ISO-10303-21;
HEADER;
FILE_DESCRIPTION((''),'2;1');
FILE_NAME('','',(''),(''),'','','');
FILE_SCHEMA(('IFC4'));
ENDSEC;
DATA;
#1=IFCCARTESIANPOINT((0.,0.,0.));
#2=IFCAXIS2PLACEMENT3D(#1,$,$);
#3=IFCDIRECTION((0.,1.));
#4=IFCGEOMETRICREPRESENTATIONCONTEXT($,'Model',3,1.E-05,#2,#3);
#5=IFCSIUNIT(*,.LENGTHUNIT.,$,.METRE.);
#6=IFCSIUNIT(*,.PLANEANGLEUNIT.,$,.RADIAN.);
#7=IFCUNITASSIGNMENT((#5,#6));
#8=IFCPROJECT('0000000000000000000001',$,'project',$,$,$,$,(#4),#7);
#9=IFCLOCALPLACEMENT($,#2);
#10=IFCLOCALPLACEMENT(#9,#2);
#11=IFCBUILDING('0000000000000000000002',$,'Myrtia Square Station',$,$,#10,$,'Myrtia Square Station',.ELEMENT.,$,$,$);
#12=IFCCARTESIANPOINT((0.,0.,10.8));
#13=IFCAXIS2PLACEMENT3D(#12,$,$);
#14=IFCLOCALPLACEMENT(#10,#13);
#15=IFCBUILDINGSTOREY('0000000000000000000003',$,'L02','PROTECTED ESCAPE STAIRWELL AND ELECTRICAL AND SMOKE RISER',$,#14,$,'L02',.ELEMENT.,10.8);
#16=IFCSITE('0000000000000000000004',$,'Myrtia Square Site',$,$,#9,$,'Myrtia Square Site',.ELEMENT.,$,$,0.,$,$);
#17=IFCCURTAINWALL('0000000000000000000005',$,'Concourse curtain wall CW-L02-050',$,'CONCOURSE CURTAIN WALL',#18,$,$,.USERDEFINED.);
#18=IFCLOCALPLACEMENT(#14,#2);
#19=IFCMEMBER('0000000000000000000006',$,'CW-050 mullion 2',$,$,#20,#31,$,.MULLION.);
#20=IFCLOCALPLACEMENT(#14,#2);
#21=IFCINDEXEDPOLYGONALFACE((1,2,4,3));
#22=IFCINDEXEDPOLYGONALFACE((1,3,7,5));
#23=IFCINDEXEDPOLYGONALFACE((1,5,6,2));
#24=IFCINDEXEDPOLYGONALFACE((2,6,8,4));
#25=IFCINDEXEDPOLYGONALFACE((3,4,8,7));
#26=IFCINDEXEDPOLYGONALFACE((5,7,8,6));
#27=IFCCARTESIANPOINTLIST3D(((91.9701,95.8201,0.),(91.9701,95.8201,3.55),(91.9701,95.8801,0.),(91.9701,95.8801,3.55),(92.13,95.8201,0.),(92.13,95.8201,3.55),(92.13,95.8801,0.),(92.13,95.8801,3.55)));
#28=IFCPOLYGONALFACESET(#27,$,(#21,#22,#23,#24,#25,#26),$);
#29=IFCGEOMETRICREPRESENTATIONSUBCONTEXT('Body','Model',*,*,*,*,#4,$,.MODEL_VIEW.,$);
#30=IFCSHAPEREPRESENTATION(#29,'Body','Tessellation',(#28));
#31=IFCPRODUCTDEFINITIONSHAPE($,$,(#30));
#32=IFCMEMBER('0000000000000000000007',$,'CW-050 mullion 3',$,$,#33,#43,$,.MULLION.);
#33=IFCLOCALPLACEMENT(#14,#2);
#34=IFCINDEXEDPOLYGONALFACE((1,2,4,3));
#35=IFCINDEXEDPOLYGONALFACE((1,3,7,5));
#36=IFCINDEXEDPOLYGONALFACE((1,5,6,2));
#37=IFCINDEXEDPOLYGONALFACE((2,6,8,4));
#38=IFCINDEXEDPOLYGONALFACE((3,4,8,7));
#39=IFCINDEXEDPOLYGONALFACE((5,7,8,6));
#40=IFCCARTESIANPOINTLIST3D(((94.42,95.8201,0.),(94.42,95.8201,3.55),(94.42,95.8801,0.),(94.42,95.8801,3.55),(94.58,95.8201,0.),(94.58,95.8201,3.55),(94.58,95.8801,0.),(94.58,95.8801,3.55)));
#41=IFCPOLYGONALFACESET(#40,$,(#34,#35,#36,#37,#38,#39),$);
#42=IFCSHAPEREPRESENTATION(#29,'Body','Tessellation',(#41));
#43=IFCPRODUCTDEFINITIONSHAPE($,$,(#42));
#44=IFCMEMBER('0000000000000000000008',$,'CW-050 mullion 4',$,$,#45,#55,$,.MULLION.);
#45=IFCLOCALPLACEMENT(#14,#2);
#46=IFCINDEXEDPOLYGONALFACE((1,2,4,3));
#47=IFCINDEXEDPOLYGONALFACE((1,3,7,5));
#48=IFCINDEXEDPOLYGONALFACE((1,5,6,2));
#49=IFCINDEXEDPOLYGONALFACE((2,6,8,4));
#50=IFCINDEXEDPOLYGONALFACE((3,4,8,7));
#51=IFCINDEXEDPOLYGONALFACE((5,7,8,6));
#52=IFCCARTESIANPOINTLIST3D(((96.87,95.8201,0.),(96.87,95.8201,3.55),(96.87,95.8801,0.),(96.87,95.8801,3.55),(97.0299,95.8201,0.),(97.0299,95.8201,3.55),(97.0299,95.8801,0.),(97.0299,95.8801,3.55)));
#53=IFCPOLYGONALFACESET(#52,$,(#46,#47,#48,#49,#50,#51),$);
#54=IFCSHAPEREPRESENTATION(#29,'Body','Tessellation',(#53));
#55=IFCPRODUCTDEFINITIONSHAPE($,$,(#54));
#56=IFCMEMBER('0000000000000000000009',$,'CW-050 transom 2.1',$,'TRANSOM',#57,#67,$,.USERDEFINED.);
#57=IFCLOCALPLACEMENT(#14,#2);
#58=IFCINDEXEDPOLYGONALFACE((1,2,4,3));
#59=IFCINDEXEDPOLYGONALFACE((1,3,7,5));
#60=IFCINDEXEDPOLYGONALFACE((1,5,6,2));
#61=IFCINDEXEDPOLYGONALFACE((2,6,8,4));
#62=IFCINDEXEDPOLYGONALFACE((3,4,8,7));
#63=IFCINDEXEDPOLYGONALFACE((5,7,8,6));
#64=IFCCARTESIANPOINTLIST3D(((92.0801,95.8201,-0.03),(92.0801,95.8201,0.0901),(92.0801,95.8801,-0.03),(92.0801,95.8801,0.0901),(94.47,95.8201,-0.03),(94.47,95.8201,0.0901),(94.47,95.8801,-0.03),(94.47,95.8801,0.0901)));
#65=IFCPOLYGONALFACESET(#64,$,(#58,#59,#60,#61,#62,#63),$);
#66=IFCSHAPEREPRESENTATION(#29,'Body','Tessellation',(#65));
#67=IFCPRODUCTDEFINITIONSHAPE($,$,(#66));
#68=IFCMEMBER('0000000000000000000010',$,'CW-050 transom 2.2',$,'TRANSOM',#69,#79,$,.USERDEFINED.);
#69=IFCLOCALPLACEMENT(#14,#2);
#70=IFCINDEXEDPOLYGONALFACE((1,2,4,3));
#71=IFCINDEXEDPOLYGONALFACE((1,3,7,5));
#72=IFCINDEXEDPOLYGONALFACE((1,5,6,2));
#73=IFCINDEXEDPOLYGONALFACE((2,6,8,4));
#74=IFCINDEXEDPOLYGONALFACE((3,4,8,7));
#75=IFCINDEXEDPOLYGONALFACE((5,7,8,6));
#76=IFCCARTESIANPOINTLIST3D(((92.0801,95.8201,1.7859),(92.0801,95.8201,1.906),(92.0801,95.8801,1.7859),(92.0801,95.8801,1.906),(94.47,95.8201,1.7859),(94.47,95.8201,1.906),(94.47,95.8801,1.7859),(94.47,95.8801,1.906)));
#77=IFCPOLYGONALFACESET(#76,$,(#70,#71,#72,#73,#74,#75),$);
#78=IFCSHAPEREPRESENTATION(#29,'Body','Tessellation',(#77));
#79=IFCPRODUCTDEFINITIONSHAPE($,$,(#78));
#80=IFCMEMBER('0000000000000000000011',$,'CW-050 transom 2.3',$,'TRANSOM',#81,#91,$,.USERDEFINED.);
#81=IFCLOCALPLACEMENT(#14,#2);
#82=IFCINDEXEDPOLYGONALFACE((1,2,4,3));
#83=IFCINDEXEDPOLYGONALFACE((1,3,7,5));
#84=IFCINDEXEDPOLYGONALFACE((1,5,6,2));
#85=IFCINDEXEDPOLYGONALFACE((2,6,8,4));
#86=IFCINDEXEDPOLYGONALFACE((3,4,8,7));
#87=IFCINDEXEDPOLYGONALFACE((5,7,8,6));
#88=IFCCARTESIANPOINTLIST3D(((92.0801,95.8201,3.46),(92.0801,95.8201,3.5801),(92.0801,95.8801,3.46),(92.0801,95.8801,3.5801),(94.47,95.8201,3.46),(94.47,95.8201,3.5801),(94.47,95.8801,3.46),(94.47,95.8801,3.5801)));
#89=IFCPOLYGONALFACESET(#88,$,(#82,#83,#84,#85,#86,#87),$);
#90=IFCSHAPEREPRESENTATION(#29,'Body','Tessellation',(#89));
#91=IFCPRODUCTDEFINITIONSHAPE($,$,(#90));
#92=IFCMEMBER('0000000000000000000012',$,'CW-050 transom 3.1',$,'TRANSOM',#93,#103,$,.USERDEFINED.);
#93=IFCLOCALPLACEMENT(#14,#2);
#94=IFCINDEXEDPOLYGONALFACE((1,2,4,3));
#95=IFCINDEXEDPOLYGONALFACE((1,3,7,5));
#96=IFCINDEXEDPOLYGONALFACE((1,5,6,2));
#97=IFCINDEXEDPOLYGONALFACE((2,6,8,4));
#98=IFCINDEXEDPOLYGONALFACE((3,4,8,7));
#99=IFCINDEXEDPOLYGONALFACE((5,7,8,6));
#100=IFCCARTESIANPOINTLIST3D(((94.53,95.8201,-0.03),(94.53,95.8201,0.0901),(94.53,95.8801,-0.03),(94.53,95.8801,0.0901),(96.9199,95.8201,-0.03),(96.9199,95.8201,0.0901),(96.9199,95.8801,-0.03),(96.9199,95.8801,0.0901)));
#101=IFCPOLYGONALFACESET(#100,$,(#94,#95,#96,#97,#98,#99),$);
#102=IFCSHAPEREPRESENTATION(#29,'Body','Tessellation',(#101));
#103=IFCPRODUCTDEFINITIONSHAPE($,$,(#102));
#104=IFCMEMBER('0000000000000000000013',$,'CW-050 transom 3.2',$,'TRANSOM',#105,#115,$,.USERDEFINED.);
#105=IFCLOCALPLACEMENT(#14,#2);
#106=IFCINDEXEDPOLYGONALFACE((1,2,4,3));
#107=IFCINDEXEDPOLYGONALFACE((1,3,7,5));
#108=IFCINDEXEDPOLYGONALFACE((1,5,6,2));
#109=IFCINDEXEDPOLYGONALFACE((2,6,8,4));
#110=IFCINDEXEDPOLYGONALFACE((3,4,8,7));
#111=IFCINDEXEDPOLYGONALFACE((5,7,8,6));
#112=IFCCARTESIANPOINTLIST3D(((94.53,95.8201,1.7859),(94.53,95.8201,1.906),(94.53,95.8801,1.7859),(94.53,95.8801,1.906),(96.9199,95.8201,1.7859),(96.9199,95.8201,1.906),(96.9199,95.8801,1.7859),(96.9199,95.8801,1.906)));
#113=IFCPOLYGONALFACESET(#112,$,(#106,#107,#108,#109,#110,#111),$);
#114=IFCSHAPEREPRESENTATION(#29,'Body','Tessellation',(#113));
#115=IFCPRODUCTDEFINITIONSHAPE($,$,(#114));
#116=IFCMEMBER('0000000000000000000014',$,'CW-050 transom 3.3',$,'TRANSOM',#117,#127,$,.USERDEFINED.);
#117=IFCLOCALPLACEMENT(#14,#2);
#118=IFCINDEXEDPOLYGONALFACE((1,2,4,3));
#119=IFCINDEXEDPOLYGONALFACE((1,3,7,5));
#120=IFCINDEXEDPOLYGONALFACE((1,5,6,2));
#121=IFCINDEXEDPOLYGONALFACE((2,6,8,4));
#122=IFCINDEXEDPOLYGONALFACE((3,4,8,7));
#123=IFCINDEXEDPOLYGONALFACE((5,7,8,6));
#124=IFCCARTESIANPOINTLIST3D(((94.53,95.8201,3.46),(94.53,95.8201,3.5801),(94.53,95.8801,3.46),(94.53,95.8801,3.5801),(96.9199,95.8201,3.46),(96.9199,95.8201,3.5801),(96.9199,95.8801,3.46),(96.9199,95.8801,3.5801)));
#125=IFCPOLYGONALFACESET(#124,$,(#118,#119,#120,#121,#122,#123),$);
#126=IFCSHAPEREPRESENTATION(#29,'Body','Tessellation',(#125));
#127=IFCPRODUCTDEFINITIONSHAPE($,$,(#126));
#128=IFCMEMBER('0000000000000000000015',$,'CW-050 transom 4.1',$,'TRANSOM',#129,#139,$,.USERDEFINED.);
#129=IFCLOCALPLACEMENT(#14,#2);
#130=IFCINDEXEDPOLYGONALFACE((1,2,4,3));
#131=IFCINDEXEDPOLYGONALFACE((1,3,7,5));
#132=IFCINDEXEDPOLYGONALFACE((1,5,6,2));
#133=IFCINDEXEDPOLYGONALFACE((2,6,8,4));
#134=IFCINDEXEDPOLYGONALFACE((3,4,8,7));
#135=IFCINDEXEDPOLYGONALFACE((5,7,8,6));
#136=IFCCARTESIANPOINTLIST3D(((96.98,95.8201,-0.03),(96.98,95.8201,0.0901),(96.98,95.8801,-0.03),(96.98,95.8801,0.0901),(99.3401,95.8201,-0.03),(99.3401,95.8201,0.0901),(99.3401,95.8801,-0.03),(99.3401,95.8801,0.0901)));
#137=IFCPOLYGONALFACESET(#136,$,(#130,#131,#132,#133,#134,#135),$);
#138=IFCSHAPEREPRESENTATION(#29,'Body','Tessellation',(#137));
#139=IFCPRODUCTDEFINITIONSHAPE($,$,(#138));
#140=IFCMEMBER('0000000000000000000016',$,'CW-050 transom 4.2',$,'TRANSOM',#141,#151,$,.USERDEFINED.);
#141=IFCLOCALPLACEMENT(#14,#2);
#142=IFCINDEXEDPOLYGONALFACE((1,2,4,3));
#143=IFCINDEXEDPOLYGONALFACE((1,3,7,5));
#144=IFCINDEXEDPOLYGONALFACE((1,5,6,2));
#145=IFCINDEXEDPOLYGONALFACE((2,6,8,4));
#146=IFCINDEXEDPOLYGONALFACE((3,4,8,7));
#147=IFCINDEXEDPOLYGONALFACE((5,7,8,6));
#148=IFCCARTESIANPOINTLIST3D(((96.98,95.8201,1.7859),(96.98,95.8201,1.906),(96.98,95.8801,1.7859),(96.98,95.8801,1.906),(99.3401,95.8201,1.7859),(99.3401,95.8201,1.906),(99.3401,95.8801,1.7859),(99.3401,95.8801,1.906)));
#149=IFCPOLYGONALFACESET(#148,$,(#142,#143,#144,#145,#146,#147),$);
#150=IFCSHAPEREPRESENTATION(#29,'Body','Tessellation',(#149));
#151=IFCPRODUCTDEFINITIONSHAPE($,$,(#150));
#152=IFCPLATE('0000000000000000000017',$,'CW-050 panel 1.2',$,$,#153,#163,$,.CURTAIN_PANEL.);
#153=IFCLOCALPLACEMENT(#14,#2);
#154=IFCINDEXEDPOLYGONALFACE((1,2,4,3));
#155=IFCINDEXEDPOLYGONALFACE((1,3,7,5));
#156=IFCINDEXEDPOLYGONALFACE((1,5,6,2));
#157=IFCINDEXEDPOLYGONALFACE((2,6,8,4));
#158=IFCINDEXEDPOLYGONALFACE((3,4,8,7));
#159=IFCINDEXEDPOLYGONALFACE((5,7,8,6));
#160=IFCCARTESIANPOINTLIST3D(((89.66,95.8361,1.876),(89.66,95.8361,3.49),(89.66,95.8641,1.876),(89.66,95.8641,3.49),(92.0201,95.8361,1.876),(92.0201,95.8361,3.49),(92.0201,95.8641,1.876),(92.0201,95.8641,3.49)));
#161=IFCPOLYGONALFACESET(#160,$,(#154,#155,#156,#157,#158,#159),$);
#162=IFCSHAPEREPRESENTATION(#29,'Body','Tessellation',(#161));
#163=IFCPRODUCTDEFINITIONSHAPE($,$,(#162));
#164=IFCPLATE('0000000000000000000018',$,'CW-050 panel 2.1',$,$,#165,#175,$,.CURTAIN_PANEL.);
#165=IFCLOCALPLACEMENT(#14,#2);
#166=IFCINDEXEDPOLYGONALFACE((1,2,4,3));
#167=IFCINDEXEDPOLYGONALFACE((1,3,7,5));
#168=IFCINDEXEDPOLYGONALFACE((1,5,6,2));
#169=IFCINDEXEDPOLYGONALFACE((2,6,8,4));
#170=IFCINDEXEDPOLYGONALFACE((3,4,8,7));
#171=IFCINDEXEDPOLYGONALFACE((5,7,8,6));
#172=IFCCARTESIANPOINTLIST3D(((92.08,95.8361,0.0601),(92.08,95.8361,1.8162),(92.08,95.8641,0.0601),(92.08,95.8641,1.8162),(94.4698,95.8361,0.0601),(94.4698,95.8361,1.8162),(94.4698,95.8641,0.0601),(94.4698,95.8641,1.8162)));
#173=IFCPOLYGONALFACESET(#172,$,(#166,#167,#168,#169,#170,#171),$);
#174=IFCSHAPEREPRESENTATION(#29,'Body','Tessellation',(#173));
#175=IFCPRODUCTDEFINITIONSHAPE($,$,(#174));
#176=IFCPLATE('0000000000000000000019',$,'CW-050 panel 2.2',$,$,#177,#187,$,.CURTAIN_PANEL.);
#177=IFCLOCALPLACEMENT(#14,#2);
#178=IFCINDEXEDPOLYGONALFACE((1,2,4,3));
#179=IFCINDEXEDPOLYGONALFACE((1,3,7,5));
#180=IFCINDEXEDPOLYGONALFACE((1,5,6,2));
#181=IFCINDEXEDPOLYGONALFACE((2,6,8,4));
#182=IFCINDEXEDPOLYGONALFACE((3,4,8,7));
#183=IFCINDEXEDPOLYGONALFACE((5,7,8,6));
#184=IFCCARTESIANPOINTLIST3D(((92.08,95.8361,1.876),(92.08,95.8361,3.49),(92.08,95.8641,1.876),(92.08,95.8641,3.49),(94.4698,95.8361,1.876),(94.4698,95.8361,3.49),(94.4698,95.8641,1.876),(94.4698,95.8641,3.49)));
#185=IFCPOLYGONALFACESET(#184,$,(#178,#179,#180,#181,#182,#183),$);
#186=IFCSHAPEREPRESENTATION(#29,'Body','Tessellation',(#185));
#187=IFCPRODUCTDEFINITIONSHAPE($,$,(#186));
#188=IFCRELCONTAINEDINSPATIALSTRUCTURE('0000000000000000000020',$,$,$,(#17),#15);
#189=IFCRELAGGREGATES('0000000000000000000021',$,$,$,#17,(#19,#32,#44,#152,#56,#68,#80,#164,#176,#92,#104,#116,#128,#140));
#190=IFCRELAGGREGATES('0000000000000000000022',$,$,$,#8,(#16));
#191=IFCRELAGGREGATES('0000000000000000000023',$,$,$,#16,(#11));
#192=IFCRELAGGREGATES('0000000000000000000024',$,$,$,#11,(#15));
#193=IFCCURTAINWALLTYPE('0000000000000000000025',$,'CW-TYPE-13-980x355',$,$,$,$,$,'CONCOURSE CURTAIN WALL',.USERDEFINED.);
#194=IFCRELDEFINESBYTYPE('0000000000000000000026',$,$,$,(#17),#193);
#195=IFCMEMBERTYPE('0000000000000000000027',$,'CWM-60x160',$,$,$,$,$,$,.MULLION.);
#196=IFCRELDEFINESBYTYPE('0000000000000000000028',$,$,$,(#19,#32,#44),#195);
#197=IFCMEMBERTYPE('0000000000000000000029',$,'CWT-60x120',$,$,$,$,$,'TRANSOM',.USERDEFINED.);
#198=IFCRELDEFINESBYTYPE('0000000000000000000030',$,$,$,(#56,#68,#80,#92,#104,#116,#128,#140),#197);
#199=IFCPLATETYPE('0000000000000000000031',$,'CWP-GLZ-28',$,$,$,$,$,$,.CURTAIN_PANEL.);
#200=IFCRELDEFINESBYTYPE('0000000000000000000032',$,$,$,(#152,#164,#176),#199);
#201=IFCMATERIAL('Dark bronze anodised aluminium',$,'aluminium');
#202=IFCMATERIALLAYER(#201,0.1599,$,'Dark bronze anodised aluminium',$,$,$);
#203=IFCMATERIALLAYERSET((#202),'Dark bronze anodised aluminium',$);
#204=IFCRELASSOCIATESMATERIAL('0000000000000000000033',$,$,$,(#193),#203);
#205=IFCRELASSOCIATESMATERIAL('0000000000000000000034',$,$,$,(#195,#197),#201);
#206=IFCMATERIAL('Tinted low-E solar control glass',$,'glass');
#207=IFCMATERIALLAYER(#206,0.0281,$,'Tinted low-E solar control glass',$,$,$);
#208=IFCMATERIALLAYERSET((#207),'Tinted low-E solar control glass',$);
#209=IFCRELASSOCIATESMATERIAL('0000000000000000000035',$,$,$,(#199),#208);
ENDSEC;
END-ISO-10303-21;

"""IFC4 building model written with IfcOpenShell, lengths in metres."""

from ifc_helpers import new_model, si_unit, direction, frame, origin, origin_2d, place, context, subcontext, project, spatial, rectangle, extrude, material, layer, layer_set, material_profile, profile_set, type_object, element, aggregate, save


model = new_model("IFC4")

# Units and contexts
model_context = context("Model", 3, precision=1e-05, world=origin(), true_north=direction((0.0, 1.0)))
body_context = subcontext(model_context, "Body", "Model", "MODEL_VIEW")
ifc_project = project(units=[si_unit("LENGTHUNIT", "METRE"), si_unit("PLANEANGLEUNIT", "RADIAN")], contexts=[model_context])

# Site, building, storey
site_placement = place(None, origin())
site = spatial("IfcSite", under=ifc_project, at=site_placement, Name="Myrtia Square Site", LongName="Myrtia Square Site", CompositionType="ELEMENT", RefElevation=0.0)
building_placement = place(site_placement, origin())
building = spatial("IfcBuilding", under=site, at=building_placement, Name="Myrtia Square Station", LongName="Myrtia Square Station", CompositionType="ELEMENT")
storey_placement = place(building_placement, frame((0.0, 0.0, 10.8)))
storey = spatial("IfcBuildingStorey", under=building, at=storey_placement, Name="L02", Description="PROTECTED ESCAPE STAIRWELL AND ELECTRICAL AND SMOKE RISER", LongName="L02", CompositionType="ELEMENT", Elevation=10.8)

# Curtain wall, members, plates
ifc_material_1 = material(Name="Dark bronze anodised aluminium", Category="aluminium")
ifc_layer_1 = layer(ifc_material_1, 0.1599, Name="Dark bronze anodised aluminium")
ifc_layer_set_1 = layer_set([ifc_layer_1], Name="Dark bronze anodised aluminium")
curtain_wall_type = type_object("IfcCurtainWallType", Name="CW-TYPE-13-980x355", ElementType="CONCOURSE CURTAIN WALL", PredefinedType="USERDEFINED", material=ifc_layer_set_1)
curtain_wall_placement = place(storey_placement, origin())
curtain_wall = element("IfcCurtainWall", 1, at=curtain_wall_placement, inside=storey, type_object=curtain_wall_type, Name="Concourse curtain wall CW-L02-050", ObjectType="CONCOURSE CURTAIN WALL", PredefinedType="USERDEFINED")
ifc_material_profile_1 = material_profile(ifc_material_1, rectangle(XDim=0.0601, YDim=0.1599, at=origin_2d()), Name="ALU-M 60x160")
ifc_profile_set_1 = profile_set([ifc_material_profile_1], Name="Dark bronze anodised aluminium")
member_type_1 = type_object("IfcMemberType", Name="CWM-60x160", PredefinedType="MULLION", material=ifc_profile_set_1)
member_1_placement = place(storey_placement, frame((92.05, 95.8501, 0.0), z_axis=(0.0, 0.0, 1.0), x_axis=(0.0, 1.0, 0.0)))
member_1 = element("IfcMember", 2, at=member_1_placement, type_object=member_type_1, Name="CW-050 mullion 2", PredefinedType="MULLION", context=body_context, shape_type="SweptSolid", body=[
    extrude(rectangle(XDim=0.0601, YDim=0.1599, at=origin_2d()), origin(), (0.0, 0.0, 1.0), 3.55),
])
member_2_placement = place(storey_placement, frame((94.5, 95.8501, 0.0), z_axis=(0.0, 0.0, 1.0), x_axis=(0.0, 1.0, 0.0)))
member_2 = element("IfcMember", 3, at=member_2_placement, type_object=member_type_1, Name="CW-050 mullion 3", PredefinedType="MULLION", context=body_context, shape_type="SweptSolid", body=[
    extrude(rectangle(XDim=0.0601, YDim=0.1599, at=origin_2d()), origin(), (0.0, 0.0, 1.0), 3.55),
])
member_3_placement = place(storey_placement, frame((96.95, 95.8501, 0.0), z_axis=(0.0, 0.0, 1.0), x_axis=(0.0, 1.0, 0.0)))
member_3 = element("IfcMember", 4, at=member_3_placement, type_object=member_type_1, Name="CW-050 mullion 4", PredefinedType="MULLION", context=body_context, shape_type="SweptSolid", body=[
    extrude(rectangle(XDim=0.0601, YDim=0.1599, at=origin_2d()), origin(), (0.0, 0.0, 1.0), 3.55),
])
ifc_material_profile_2 = material_profile(ifc_material_1, rectangle(XDim=0.0601, YDim=0.1201, at=origin_2d()), Name="ALU-T 60x120")
ifc_profile_set_2 = profile_set([ifc_material_profile_2], Name="Dark bronze anodised aluminium")
member_type_2 = type_object("IfcMemberType", Name="CWT-60x120", ElementType="TRANSOM", PredefinedType="USERDEFINED", material=ifc_profile_set_2)
member_4_placement = place(storey_placement, frame((92.0801, 95.8501, 0.03), z_axis=(1.0, 0.0, 0.0), x_axis=(0.0, 1.0, 0.0)))
member_4 = element("IfcMember", 5, at=member_4_placement, type_object=member_type_2, Name="CW-050 transom 2.1", ObjectType="TRANSOM", PredefinedType="USERDEFINED", context=body_context, shape_type="SweptSolid", body=[
    extrude(rectangle(XDim=0.0601, YDim=0.1201, at=origin_2d()), origin(), (0.0, 0.0, 1.0), 2.3899),
])
member_5_placement = place(storey_placement, frame((92.0801, 95.8501, 1.8459), z_axis=(1.0, 0.0, 0.0), x_axis=(0.0, 1.0, 0.0)))
member_5 = element("IfcMember", 6, at=member_5_placement, type_object=member_type_2, Name="CW-050 transom 2.2", ObjectType="TRANSOM", PredefinedType="USERDEFINED", context=body_context, shape_type="SweptSolid", body=[
    extrude(rectangle(XDim=0.0601, YDim=0.1201, at=origin_2d()), origin(), (0.0, 0.0, 1.0), 2.3899),
])
member_6_placement = place(storey_placement, frame((92.0801, 95.8501, 3.52), z_axis=(1.0, 0.0, 0.0), x_axis=(0.0, 1.0, 0.0)))
member_6 = element("IfcMember", 7, at=member_6_placement, type_object=member_type_2, Name="CW-050 transom 2.3", ObjectType="TRANSOM", PredefinedType="USERDEFINED", context=body_context, shape_type="SweptSolid", body=[
    extrude(rectangle(XDim=0.0601, YDim=0.1201, at=origin_2d()), origin(), (0.0, 0.0, 1.0), 2.3899),
])
member_7_placement = place(storey_placement, frame((94.53, 95.8501, 0.03), z_axis=(1.0, 0.0, 0.0), x_axis=(0.0, 1.0, 0.0)))
member_7 = element("IfcMember", 8, at=member_7_placement, type_object=member_type_2, Name="CW-050 transom 3.1", ObjectType="TRANSOM", PredefinedType="USERDEFINED", context=body_context, shape_type="SweptSolid", body=[
    extrude(rectangle(XDim=0.0601, YDim=0.1201, at=origin_2d()), origin(), (0.0, 0.0, 1.0), 2.3899),
])
member_8_placement = place(storey_placement, frame((94.53, 95.8501, 1.8459), z_axis=(1.0, 0.0, 0.0), x_axis=(0.0, 1.0, 0.0)))
member_8 = element("IfcMember", 9, at=member_8_placement, type_object=member_type_2, Name="CW-050 transom 3.2", ObjectType="TRANSOM", PredefinedType="USERDEFINED", context=body_context, shape_type="SweptSolid", body=[
    extrude(rectangle(XDim=0.0601, YDim=0.1201, at=origin_2d()), origin(), (0.0, 0.0, 1.0), 2.3899),
])
member_9_placement = place(storey_placement, frame((94.53, 95.8501, 3.52), z_axis=(1.0, 0.0, 0.0), x_axis=(0.0, 1.0, 0.0)))
member_9 = element("IfcMember", 10, at=member_9_placement, type_object=member_type_2, Name="CW-050 transom 3.3", ObjectType="TRANSOM", PredefinedType="USERDEFINED", context=body_context, shape_type="SweptSolid", body=[
    extrude(rectangle(XDim=0.0601, YDim=0.1201, at=origin_2d()), origin(), (0.0, 0.0, 1.0), 2.3899),
])
member_10_placement = place(storey_placement, frame((96.98, 95.8501, 0.03), z_axis=(1.0, 0.0, 0.0), x_axis=(0.0, 1.0, 0.0)))
member_10 = element("IfcMember", 11, at=member_10_placement, type_object=member_type_2, Name="CW-050 transom 4.1", ObjectType="TRANSOM", PredefinedType="USERDEFINED", context=body_context, shape_type="SweptSolid", body=[
    extrude(rectangle(XDim=0.0601, YDim=0.1201, at=origin_2d()), origin(), (0.0, 0.0, 1.0), 2.3601),
])
member_11_placement = place(storey_placement, frame((96.98, 95.8501, 1.8459), z_axis=(1.0, 0.0, 0.0), x_axis=(0.0, 1.0, 0.0)))
member_11 = element("IfcMember", 12, at=member_11_placement, type_object=member_type_2, Name="CW-050 transom 4.2", ObjectType="TRANSOM", PredefinedType="USERDEFINED", context=body_context, shape_type="SweptSolid", body=[
    extrude(rectangle(XDim=0.0601, YDim=0.1201, at=origin_2d()), origin(), (0.0, 0.0, 1.0), 2.3601),
])
ifc_material_2 = material(Name="Tinted low-E solar control glass", Category="glass")
ifc_layer_2 = layer(ifc_material_2, 0.0281, Name="Tinted low-E solar control glass")
ifc_layer_set_2 = layer_set([ifc_layer_2], Name="Tinted low-E solar control glass")
plate_type = type_object("IfcPlateType", Name="CWP-GLZ-28", PredefinedType="CURTAIN_PANEL", material=ifc_layer_set_2)
plate_1_placement = place(storey_placement, frame((90.8401, 95.8501, 1.876), z_axis=(0.0, 0.0, 1.0), x_axis=(1.0, 0.0, 0.0)))
plate_1 = element("IfcPlate", 13, at=plate_1_placement, type_object=plate_type, Name="CW-050 panel 1.2", PredefinedType="CURTAIN_PANEL", context=body_context, shape_type="SweptSolid", body=[
    extrude(rectangle(XDim=2.3601, YDim=0.0281, at=origin_2d()), origin(), (0.0, 0.0, 1.0), 1.614),
])
plate_2_placement = place(storey_placement, frame((93.2749, 95.8501, 0.0601), z_axis=(0.0, 0.0, 1.0), x_axis=(1.0, 0.0, 0.0)))
plate_2 = element("IfcPlate", 14, at=plate_2_placement, type_object=plate_type, Name="CW-050 panel 2.1", PredefinedType="CURTAIN_PANEL", context=body_context, shape_type="SweptSolid", body=[
    extrude(rectangle(XDim=2.3899, YDim=0.0281, at=origin_2d()), origin(), (0.0, 0.0, 1.0), 1.7561),
])
plate_3_placement = place(storey_placement, frame((93.2749, 95.8501, 1.876), z_axis=(0.0, 0.0, 1.0), x_axis=(1.0, 0.0, 0.0)))
plate_3 = element("IfcPlate", 15, at=plate_3_placement, type_object=plate_type, Name="CW-050 panel 2.2", PredefinedType="CURTAIN_PANEL", context=body_context, shape_type="SweptSolid", body=[
    extrude(rectangle(XDim=2.3899, YDim=0.0281, at=origin_2d()), origin(), (0.0, 0.0, 1.0), 1.614),
])
aggregate(curtain_wall, [member_1, member_2, member_3, plate_1, member_4, member_5, member_6, plate_2, plate_3, member_7, member_8, member_9, member_10, member_11])

save(model, "model.ifc")
